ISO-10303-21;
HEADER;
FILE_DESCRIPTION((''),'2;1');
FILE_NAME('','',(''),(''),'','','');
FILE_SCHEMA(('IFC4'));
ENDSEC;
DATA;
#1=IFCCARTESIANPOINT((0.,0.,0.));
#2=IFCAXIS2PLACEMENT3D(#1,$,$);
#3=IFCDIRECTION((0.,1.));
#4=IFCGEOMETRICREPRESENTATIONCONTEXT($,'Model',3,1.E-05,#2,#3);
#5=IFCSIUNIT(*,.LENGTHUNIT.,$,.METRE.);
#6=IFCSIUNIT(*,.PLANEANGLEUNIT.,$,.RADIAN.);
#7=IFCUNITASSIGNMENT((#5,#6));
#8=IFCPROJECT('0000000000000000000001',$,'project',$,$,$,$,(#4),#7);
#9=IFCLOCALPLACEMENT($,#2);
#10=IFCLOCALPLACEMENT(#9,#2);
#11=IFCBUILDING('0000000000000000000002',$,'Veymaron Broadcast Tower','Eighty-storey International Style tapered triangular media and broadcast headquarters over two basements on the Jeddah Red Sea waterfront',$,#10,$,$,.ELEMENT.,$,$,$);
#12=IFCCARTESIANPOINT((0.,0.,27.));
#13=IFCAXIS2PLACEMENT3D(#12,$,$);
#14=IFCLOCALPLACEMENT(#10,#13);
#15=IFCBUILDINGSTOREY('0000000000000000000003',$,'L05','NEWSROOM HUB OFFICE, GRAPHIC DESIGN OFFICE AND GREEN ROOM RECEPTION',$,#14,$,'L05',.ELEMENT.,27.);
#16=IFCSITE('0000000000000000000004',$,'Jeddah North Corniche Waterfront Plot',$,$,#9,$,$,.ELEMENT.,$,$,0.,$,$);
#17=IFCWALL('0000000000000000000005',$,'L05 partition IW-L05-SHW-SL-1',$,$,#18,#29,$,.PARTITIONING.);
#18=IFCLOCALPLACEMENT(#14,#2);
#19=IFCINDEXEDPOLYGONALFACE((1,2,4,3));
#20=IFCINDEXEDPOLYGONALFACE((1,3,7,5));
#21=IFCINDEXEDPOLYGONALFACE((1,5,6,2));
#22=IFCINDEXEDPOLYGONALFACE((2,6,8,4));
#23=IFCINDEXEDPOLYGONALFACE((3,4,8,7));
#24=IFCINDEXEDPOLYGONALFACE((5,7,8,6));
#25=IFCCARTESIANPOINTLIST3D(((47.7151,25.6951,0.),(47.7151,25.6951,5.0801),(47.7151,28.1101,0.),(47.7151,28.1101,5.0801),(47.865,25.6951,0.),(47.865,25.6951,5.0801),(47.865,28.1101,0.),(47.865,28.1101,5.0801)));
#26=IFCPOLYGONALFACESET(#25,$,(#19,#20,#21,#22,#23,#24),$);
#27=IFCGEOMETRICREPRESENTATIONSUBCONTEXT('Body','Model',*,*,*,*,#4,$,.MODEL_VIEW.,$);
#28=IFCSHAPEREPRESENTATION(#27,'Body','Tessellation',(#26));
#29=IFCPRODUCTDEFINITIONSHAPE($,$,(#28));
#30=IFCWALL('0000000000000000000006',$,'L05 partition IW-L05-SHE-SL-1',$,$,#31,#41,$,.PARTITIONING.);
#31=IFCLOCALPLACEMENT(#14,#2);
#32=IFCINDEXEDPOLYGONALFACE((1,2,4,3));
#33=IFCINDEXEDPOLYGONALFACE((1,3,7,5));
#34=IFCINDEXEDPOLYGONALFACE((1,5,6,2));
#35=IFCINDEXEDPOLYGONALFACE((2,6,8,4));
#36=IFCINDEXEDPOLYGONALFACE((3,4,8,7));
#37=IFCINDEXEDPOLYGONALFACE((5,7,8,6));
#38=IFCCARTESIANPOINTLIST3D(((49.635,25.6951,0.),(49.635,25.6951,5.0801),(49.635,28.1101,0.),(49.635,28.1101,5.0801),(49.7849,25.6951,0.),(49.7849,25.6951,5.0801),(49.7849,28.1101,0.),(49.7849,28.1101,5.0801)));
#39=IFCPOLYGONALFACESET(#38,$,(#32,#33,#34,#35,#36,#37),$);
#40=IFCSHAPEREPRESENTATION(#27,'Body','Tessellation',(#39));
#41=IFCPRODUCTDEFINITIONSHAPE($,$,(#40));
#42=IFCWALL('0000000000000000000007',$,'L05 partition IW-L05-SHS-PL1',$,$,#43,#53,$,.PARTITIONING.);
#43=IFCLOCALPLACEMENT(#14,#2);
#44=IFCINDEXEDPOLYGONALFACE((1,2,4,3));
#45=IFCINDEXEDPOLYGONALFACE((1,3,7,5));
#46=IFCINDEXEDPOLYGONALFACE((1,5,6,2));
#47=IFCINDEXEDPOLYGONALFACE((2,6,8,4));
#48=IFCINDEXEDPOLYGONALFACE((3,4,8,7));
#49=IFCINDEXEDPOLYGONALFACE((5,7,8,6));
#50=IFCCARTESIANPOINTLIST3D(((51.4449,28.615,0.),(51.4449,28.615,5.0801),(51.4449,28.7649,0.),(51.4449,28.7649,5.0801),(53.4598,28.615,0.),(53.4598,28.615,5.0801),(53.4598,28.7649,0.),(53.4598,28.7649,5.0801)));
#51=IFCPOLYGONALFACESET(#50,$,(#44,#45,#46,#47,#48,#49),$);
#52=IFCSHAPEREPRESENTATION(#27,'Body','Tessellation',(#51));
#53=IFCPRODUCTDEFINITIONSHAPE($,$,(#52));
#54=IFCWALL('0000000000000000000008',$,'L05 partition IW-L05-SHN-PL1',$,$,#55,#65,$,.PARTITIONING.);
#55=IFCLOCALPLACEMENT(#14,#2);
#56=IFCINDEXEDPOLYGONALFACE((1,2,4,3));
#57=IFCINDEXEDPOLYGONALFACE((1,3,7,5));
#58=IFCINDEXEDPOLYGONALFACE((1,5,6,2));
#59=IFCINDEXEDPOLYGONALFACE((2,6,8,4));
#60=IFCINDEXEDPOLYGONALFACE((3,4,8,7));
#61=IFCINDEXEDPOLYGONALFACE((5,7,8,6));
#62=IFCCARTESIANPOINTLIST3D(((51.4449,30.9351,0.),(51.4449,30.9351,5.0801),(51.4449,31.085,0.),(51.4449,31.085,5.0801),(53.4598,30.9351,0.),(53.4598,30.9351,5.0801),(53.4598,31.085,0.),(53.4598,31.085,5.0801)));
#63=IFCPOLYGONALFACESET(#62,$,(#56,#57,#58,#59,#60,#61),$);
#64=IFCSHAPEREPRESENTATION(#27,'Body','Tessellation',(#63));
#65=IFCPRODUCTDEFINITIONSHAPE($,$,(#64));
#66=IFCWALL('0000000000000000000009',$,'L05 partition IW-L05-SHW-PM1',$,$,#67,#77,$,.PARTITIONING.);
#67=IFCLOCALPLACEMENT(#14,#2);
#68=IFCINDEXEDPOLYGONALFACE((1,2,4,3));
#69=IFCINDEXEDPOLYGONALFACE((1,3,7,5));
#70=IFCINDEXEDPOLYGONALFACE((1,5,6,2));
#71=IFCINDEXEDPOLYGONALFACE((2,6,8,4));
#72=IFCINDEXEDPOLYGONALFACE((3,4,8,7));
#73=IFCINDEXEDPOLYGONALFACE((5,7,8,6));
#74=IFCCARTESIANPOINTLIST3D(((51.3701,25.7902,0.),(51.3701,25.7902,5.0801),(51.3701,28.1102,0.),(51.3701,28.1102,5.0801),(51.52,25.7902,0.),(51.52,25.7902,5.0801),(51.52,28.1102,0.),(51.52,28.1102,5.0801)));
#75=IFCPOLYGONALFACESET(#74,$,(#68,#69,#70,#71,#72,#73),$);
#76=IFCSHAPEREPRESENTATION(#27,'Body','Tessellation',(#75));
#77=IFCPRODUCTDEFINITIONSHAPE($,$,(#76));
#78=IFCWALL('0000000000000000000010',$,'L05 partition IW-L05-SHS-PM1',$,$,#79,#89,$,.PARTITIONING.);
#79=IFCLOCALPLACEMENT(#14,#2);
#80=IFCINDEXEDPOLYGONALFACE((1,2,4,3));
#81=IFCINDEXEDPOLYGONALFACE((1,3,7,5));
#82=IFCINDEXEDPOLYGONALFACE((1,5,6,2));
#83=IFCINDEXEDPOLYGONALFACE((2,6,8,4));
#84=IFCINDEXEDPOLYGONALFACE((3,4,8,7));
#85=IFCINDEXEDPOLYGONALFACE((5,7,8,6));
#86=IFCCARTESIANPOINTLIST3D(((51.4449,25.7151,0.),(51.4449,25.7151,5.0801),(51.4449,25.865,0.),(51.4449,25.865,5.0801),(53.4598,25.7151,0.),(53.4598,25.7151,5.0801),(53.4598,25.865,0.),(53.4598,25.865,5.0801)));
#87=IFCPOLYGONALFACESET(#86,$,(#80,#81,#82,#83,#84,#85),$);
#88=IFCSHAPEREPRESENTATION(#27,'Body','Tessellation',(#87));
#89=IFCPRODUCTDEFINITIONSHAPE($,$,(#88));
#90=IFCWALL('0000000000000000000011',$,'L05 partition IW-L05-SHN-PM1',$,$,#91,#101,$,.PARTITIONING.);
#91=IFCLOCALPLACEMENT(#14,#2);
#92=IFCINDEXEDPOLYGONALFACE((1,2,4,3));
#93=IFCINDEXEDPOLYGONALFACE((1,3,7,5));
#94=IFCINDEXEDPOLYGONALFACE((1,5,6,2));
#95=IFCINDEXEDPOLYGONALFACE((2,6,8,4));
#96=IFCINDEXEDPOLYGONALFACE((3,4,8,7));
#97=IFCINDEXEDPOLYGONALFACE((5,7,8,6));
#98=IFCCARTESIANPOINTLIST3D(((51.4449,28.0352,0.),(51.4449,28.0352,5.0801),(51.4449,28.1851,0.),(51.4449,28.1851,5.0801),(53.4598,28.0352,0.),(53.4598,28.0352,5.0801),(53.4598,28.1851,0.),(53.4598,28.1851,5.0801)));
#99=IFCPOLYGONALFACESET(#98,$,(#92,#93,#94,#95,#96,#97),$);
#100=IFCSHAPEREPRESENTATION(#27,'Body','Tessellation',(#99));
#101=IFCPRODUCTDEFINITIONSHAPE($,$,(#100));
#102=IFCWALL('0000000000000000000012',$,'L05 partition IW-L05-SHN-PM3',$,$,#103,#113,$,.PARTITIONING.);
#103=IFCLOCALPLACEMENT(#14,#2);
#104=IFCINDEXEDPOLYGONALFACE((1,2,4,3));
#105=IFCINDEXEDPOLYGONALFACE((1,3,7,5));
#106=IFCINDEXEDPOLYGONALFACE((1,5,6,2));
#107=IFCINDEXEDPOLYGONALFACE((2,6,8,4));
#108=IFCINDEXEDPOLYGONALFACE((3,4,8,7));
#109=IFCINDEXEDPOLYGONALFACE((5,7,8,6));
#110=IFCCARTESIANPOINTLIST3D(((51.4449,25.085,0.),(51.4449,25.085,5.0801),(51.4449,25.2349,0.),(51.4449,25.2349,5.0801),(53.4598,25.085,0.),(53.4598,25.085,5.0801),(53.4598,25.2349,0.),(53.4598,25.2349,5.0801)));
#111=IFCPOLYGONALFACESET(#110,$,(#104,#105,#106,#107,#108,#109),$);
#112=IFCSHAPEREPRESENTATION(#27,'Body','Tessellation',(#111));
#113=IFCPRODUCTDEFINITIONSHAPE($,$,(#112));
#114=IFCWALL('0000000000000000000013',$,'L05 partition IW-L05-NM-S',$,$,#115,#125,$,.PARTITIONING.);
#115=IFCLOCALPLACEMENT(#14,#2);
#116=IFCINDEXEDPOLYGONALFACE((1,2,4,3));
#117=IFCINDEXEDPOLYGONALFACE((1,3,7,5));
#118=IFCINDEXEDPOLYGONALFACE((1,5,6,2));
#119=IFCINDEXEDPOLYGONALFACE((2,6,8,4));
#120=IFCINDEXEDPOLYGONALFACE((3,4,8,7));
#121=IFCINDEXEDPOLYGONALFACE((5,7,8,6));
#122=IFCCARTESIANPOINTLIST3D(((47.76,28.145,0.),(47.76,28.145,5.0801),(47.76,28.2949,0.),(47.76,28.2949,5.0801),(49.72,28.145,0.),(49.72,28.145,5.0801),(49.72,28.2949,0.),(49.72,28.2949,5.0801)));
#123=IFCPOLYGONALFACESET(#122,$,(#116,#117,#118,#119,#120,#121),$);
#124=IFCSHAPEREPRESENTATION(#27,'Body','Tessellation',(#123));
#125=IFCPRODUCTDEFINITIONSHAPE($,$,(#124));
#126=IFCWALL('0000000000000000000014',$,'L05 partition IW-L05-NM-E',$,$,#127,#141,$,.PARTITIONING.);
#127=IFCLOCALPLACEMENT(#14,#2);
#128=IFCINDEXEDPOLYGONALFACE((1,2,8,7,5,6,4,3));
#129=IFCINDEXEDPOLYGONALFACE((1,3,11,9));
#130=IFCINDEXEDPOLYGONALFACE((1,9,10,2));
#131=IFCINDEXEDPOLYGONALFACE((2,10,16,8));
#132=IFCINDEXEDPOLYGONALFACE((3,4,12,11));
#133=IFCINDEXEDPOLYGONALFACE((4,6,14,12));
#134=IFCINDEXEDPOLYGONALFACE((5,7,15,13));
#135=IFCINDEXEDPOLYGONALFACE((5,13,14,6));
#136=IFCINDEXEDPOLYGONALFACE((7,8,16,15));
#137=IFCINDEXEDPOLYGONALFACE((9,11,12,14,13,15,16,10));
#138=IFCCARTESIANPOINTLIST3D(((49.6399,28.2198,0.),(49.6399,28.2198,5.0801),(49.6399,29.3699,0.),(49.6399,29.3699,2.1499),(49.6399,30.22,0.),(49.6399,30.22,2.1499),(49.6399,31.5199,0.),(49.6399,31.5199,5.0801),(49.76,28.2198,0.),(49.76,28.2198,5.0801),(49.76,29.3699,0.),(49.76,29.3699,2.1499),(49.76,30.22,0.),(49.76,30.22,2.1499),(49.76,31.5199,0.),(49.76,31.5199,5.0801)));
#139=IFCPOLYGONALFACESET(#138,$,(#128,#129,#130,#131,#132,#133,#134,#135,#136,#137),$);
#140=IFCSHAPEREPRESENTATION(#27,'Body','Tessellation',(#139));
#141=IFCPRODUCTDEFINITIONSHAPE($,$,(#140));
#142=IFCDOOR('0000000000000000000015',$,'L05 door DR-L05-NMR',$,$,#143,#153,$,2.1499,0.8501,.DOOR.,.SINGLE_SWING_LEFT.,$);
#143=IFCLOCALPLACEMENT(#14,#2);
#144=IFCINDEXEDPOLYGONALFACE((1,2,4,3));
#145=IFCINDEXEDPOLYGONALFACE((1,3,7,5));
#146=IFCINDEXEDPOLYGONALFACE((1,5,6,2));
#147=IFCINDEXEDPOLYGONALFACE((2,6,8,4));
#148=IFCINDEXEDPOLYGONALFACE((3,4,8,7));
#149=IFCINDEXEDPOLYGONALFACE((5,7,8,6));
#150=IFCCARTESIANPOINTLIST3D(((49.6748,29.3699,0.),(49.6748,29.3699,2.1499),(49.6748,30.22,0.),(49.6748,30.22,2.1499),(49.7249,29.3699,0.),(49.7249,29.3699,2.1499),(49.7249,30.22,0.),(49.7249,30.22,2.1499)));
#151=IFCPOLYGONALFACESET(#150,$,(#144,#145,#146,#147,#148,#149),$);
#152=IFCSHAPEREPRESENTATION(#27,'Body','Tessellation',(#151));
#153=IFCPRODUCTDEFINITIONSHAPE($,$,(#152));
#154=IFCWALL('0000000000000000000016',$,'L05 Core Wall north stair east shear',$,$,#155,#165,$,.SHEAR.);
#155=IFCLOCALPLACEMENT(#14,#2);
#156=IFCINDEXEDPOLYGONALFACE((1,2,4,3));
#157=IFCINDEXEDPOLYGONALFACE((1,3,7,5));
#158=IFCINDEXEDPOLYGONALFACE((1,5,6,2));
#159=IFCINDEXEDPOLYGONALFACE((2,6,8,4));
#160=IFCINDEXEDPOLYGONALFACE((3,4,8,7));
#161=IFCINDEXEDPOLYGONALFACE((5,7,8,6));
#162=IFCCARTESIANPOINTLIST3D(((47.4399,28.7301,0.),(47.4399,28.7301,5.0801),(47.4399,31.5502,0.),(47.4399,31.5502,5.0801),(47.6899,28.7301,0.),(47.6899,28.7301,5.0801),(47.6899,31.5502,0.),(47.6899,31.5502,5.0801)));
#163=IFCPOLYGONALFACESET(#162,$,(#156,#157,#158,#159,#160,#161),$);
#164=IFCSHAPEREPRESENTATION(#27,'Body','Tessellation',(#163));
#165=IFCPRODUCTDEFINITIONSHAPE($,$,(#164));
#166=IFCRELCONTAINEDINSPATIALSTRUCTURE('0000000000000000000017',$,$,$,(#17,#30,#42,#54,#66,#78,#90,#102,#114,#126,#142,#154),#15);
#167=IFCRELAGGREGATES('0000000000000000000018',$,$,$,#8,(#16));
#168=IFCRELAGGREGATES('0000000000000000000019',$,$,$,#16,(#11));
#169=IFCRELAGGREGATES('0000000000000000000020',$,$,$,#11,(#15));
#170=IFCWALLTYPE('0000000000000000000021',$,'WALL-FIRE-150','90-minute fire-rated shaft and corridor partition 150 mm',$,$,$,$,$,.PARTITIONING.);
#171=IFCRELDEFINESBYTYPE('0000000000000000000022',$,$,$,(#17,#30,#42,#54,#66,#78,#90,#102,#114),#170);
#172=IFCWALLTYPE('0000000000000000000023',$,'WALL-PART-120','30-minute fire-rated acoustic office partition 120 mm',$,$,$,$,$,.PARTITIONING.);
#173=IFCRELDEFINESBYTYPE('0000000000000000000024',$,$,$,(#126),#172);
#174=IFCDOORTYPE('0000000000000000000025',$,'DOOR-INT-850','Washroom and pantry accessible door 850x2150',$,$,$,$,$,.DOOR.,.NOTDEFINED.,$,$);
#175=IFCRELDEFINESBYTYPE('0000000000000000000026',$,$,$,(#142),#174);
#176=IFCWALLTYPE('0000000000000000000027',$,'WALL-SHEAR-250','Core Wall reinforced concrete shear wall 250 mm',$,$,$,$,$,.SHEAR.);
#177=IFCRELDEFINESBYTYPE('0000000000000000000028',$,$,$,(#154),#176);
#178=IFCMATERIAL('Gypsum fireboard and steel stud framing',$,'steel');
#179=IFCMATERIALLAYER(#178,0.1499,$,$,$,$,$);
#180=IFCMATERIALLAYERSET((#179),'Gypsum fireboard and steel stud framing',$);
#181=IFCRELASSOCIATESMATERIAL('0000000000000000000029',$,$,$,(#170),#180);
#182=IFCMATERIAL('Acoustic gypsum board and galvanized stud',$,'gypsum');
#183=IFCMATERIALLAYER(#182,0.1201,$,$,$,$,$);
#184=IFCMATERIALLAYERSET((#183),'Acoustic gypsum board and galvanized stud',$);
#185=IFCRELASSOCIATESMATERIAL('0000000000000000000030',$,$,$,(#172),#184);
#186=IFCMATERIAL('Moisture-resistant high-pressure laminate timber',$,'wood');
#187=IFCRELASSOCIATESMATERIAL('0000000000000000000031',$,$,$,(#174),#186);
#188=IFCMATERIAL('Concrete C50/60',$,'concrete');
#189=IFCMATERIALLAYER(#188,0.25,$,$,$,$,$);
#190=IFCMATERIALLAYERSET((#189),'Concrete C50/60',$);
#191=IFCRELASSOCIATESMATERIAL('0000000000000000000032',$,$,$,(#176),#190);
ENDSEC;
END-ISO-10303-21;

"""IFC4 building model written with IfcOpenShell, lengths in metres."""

from ifc_helpers import new_model, si_unit, direction, frame, frame_2d, origin, place, context, subcontext, project, spatial, rectangle, extrude, material, layer, layer_set, type_object, element, fill, save


model = new_model("IFC4")

# Units and contexts
model_context = context("Model", 3, precision=1e-05, world=origin(), true_north=direction((0.0, 1.0)))
body_context = subcontext(model_context, "Body", "Model", "MODEL_VIEW")
ifc_project = project(units=[si_unit("LENGTHUNIT", "METRE"), si_unit("PLANEANGLEUNIT", "RADIAN")], contexts=[model_context])

# Site, building, storey
site_placement = place(None, origin())
site = spatial("IfcSite", under=ifc_project, at=site_placement, Name="Jeddah North Corniche Waterfront Plot", CompositionType="ELEMENT", RefElevation=0.0)
building_placement = place(site_placement, origin())
building = spatial("IfcBuilding", under=site, at=building_placement, Name="Veymaron Broadcast Tower", Description="Eighty-storey International Style tapered triangular media and broadcast headquarters over two basements on the Jeddah Red Sea waterfront", CompositionType="ELEMENT")
storey_placement = place(building_placement, frame((0.0, 0.0, 27.0)))
storey = spatial("IfcBuildingStorey", under=building, at=storey_placement, Name="L05", Description="NEWSROOM HUB OFFICE, GRAPHIC DESIGN OFFICE AND GREEN ROOM RECEPTION", LongName="L05", CompositionType="ELEMENT", Elevation=27.0)

# Shared definitions
ifc_material_1 = material(Name="Concrete C50/60", Category="concrete")

# Shared definitions
ifc_material_2 = material(Name="Gypsum fireboard and steel stud framing", Category="steel")
ifc_layer_1 = layer(ifc_material_2, 0.1499)
ifc_layer_set_1 = layer_set([ifc_layer_1], Name="Gypsum fireboard and steel stud framing")
wall_type_1 = type_object("IfcWallType", Name="WALL-FIRE-150", Description="90-minute fire-rated shaft and corridor partition 150 mm", PredefinedType="PARTITIONING", material=ifc_layer_set_1)

# Walls
for number, where, z_axis, x_axis, name in (
    (1, (47.79, 25.6951, 0.0), (0.0, 0.0, 1.0), (0.0, 1.0, 0.0), "L05 partition IW-L05-SHW-SL-1"),
    (2, (49.71, 25.6951, 0.0), (0.0, 0.0, 1.0), (0.0, 1.0, 0.0), "L05 partition IW-L05-SHE-SL-1"),
):
    element("IfcWall", number, at=place(storey_placement, frame(where, z_axis=z_axis, x_axis=x_axis)), inside=storey, type_object=wall_type_1, Name=name, PredefinedType="PARTITIONING", context=body_context, shape_type="SweptSolid", body=[
        extrude(rectangle(XDim=2.415, YDim=0.1499, at=frame_2d((1.2075, 0.0))), origin(), (0.0, 0.0, 1.0), 5.0801),
    ])

# Walls
for number, where, z_axis, x_axis, name in (
    (3, (51.4451, 28.6899, 0.0), (0.0, 0.0, 1.0), (1.0, 0.0, 0.0), "L05 partition IW-L05-SHS-PL1"),
    (4, (51.4451, 31.01, 0.0), (0.0, 0.0, 1.0), (1.0, 0.0, 0.0), "L05 partition IW-L05-SHN-PL1"),
):
    element("IfcWall", number, at=place(storey_placement, frame(where, z_axis=z_axis, x_axis=x_axis)), inside=storey, type_object=wall_type_1, Name=name, PredefinedType="PARTITIONING", context=body_context, shape_type="SweptSolid", body=[
        extrude(rectangle(XDim=2.0149, YDim=0.1499, at=frame_2d((1.0073, 0.0))), origin(), (0.0, 0.0, 1.0), 5.0801),
    ])
wall_1_placement = place(storey_placement, frame((51.4451, 25.79, 0.0), z_axis=(0.0, 0.0, 1.0), x_axis=(0.0, 1.0, 0.0)))
element("IfcWall", 5, at=wall_1_placement, inside=storey, type_object=wall_type_1, Name="L05 partition IW-L05-SHW-PM1", PredefinedType="PARTITIONING", context=body_context, shape_type="SweptSolid", body=[
    extrude(rectangle(XDim=2.3201, YDim=0.1499, at=frame_2d((1.1602, 0.0))), origin(), (0.0, 0.0, 1.0), 5.0801),
])
for number, where, z_axis, x_axis, name in (
    (6, (51.4451, 25.79, 0.0), (0.0, 0.0, 1.0), (1.0, 0.0, 0.0), "L05 partition IW-L05-SHS-PM1"),
    (7, (51.4451, 28.1101, 0.0), (0.0, 0.0, 1.0), (1.0, 0.0, 0.0), "L05 partition IW-L05-SHN-PM1"),
    (8, (51.4451, 25.1599, 0.0), (0.0, 0.0, 1.0), (1.0, 0.0, 0.0), "L05 partition IW-L05-SHN-PM3"),
):
    element("IfcWall", number, at=place(storey_placement, frame(where, z_axis=z_axis, x_axis=x_axis)), inside=storey, type_object=wall_type_1, Name=name, PredefinedType="PARTITIONING", context=body_context, shape_type="SweptSolid", body=[
        extrude(rectangle(XDim=2.0149, YDim=0.1499, at=frame_2d((1.0073, 0.0))), origin(), (0.0, 0.0, 1.0), 5.0801),
    ])
wall_2_placement = place(storey_placement, frame((47.76, 28.22, 0.0), z_axis=(0.0, 0.0, 1.0), x_axis=(1.0, 0.0, 0.0)))
element("IfcWall", 9, at=wall_2_placement, inside=storey, type_object=wall_type_1, Name="L05 partition IW-L05-NM-S", PredefinedType="PARTITIONING", context=body_context, shape_type="SweptSolid", body=[
    extrude(rectangle(XDim=1.96, YDim=0.1499, at=frame_2d((0.98, 0.0))), origin(), (0.0, 0.0, 1.0), 5.0801),
])

# Wall, opening, door
ifc_material_3 = material(Name="Acoustic gypsum board and galvanized stud", Category="gypsum")
ifc_layer_2 = layer(ifc_material_3, 0.1201)
ifc_layer_set_2 = layer_set([ifc_layer_2], Name="Acoustic gypsum board and galvanized stud")
wall_type_2 = type_object("IfcWallType", Name="WALL-PART-120", Description="30-minute fire-rated acoustic office partition 120 mm", PredefinedType="PARTITIONING", material=ifc_layer_set_2)
wall_3_placement = place(storey_placement, frame((49.7, 28.22, 0.0), z_axis=(0.0, 0.0, 1.0), x_axis=(0.0, 1.0, 0.0)))
wall_3 = element("IfcWall", 10, at=wall_3_placement, inside=storey, type_object=wall_type_2, Name="L05 partition IW-L05-NM-E", PredefinedType="PARTITIONING", context=body_context, shape_type="SweptSolid", body=[
    extrude(rectangle(XDim=3.3, YDim=0.1201, at=frame_2d((1.6499, 0.0))), origin(), (0.0, 0.0, 1.0), 5.0801),
])
opening_1_placement = place(wall_3_placement, frame((1.1499, 0.0, 0.0)))
opening_1 = element("IfcOpeningElement", 11, at=opening_1_placement, cuts=wall_3, PredefinedType="OPENING", context=body_context, shape_type="SweptSolid", body=[
    extrude(rectangle(XDim=0.8501, YDim=2.1499, at=frame_2d((0.425, 1.075))), frame((0.0, 0.0701, 0.0), z_axis=(0.0, -1.0, 0.0), x_axis=(1.0, 0.0, 0.0)), (0.0, 0.0, 1.0), 0.1401),
])
ifc_material_4 = material(Name="Moisture-resistant high-pressure laminate timber", Category="wood")
door_type_1 = type_object("IfcDoorType", Name="DOOR-INT-850", Description="Washroom and pantry accessible door 850x2150", OperationType="NOTDEFINED", PredefinedType="DOOR", material=ifc_material_4)
door_1_placement = place(opening_1_placement, frame((0.8501, 0.0, 0.0), z_axis=(0.0, 0.0, 1.0), x_axis=(-1.0, 0.0, 0.0)))
door_1 = element("IfcDoor", 12, at=door_1_placement, inside=storey, type_object=door_type_1, Name="L05 door DR-L05-NMR", OperationType="SINGLE_SWING_LEFT", OverallHeight=2.1499, OverallWidth=0.8501, PredefinedType="DOOR", context=body_context, shape_type="SweptSolid", body=[
    extrude(rectangle(XDim=0.8501, YDim=2.1499, at=frame_2d((0.425, 1.075))), frame((0.0, 0.0249, 0.0), z_axis=(0.0, -1.0, 0.0), x_axis=(1.0, 0.0, 0.0)), (0.0, 0.0, 1.0), 0.05),
])
fill(opening_1, door_1)

# Wall
ifc_layer_3 = layer(ifc_material_1, 0.25)
ifc_layer_set_3 = layer_set([ifc_layer_3], Name="Concrete C50/60")
wall_type_3 = type_object("IfcWallType", Name="WALL-SHEAR-250", Description="Core Wall reinforced concrete shear wall 250 mm", PredefinedType="SHEAR", material=ifc_layer_set_3)
wall_4_placement = place(storey_placement, frame((47.5649, 28.73, 0.0), z_axis=(0.0, 0.0, 1.0), x_axis=(0.0, 1.0, 0.0)))
element("IfcWall", 13, at=wall_4_placement, inside=storey, type_object=wall_type_3, Name="L05 Core Wall north stair east shear", PredefinedType="SHEAR", context=body_context, shape_type="SweptSolid", body=[
    extrude(rectangle(XDim=2.8201, YDim=0.25, at=frame_2d((1.4102, 0.0))), origin(), (0.0, 0.0, 1.0), 5.0801),
])

save(model, "model.ifc")
